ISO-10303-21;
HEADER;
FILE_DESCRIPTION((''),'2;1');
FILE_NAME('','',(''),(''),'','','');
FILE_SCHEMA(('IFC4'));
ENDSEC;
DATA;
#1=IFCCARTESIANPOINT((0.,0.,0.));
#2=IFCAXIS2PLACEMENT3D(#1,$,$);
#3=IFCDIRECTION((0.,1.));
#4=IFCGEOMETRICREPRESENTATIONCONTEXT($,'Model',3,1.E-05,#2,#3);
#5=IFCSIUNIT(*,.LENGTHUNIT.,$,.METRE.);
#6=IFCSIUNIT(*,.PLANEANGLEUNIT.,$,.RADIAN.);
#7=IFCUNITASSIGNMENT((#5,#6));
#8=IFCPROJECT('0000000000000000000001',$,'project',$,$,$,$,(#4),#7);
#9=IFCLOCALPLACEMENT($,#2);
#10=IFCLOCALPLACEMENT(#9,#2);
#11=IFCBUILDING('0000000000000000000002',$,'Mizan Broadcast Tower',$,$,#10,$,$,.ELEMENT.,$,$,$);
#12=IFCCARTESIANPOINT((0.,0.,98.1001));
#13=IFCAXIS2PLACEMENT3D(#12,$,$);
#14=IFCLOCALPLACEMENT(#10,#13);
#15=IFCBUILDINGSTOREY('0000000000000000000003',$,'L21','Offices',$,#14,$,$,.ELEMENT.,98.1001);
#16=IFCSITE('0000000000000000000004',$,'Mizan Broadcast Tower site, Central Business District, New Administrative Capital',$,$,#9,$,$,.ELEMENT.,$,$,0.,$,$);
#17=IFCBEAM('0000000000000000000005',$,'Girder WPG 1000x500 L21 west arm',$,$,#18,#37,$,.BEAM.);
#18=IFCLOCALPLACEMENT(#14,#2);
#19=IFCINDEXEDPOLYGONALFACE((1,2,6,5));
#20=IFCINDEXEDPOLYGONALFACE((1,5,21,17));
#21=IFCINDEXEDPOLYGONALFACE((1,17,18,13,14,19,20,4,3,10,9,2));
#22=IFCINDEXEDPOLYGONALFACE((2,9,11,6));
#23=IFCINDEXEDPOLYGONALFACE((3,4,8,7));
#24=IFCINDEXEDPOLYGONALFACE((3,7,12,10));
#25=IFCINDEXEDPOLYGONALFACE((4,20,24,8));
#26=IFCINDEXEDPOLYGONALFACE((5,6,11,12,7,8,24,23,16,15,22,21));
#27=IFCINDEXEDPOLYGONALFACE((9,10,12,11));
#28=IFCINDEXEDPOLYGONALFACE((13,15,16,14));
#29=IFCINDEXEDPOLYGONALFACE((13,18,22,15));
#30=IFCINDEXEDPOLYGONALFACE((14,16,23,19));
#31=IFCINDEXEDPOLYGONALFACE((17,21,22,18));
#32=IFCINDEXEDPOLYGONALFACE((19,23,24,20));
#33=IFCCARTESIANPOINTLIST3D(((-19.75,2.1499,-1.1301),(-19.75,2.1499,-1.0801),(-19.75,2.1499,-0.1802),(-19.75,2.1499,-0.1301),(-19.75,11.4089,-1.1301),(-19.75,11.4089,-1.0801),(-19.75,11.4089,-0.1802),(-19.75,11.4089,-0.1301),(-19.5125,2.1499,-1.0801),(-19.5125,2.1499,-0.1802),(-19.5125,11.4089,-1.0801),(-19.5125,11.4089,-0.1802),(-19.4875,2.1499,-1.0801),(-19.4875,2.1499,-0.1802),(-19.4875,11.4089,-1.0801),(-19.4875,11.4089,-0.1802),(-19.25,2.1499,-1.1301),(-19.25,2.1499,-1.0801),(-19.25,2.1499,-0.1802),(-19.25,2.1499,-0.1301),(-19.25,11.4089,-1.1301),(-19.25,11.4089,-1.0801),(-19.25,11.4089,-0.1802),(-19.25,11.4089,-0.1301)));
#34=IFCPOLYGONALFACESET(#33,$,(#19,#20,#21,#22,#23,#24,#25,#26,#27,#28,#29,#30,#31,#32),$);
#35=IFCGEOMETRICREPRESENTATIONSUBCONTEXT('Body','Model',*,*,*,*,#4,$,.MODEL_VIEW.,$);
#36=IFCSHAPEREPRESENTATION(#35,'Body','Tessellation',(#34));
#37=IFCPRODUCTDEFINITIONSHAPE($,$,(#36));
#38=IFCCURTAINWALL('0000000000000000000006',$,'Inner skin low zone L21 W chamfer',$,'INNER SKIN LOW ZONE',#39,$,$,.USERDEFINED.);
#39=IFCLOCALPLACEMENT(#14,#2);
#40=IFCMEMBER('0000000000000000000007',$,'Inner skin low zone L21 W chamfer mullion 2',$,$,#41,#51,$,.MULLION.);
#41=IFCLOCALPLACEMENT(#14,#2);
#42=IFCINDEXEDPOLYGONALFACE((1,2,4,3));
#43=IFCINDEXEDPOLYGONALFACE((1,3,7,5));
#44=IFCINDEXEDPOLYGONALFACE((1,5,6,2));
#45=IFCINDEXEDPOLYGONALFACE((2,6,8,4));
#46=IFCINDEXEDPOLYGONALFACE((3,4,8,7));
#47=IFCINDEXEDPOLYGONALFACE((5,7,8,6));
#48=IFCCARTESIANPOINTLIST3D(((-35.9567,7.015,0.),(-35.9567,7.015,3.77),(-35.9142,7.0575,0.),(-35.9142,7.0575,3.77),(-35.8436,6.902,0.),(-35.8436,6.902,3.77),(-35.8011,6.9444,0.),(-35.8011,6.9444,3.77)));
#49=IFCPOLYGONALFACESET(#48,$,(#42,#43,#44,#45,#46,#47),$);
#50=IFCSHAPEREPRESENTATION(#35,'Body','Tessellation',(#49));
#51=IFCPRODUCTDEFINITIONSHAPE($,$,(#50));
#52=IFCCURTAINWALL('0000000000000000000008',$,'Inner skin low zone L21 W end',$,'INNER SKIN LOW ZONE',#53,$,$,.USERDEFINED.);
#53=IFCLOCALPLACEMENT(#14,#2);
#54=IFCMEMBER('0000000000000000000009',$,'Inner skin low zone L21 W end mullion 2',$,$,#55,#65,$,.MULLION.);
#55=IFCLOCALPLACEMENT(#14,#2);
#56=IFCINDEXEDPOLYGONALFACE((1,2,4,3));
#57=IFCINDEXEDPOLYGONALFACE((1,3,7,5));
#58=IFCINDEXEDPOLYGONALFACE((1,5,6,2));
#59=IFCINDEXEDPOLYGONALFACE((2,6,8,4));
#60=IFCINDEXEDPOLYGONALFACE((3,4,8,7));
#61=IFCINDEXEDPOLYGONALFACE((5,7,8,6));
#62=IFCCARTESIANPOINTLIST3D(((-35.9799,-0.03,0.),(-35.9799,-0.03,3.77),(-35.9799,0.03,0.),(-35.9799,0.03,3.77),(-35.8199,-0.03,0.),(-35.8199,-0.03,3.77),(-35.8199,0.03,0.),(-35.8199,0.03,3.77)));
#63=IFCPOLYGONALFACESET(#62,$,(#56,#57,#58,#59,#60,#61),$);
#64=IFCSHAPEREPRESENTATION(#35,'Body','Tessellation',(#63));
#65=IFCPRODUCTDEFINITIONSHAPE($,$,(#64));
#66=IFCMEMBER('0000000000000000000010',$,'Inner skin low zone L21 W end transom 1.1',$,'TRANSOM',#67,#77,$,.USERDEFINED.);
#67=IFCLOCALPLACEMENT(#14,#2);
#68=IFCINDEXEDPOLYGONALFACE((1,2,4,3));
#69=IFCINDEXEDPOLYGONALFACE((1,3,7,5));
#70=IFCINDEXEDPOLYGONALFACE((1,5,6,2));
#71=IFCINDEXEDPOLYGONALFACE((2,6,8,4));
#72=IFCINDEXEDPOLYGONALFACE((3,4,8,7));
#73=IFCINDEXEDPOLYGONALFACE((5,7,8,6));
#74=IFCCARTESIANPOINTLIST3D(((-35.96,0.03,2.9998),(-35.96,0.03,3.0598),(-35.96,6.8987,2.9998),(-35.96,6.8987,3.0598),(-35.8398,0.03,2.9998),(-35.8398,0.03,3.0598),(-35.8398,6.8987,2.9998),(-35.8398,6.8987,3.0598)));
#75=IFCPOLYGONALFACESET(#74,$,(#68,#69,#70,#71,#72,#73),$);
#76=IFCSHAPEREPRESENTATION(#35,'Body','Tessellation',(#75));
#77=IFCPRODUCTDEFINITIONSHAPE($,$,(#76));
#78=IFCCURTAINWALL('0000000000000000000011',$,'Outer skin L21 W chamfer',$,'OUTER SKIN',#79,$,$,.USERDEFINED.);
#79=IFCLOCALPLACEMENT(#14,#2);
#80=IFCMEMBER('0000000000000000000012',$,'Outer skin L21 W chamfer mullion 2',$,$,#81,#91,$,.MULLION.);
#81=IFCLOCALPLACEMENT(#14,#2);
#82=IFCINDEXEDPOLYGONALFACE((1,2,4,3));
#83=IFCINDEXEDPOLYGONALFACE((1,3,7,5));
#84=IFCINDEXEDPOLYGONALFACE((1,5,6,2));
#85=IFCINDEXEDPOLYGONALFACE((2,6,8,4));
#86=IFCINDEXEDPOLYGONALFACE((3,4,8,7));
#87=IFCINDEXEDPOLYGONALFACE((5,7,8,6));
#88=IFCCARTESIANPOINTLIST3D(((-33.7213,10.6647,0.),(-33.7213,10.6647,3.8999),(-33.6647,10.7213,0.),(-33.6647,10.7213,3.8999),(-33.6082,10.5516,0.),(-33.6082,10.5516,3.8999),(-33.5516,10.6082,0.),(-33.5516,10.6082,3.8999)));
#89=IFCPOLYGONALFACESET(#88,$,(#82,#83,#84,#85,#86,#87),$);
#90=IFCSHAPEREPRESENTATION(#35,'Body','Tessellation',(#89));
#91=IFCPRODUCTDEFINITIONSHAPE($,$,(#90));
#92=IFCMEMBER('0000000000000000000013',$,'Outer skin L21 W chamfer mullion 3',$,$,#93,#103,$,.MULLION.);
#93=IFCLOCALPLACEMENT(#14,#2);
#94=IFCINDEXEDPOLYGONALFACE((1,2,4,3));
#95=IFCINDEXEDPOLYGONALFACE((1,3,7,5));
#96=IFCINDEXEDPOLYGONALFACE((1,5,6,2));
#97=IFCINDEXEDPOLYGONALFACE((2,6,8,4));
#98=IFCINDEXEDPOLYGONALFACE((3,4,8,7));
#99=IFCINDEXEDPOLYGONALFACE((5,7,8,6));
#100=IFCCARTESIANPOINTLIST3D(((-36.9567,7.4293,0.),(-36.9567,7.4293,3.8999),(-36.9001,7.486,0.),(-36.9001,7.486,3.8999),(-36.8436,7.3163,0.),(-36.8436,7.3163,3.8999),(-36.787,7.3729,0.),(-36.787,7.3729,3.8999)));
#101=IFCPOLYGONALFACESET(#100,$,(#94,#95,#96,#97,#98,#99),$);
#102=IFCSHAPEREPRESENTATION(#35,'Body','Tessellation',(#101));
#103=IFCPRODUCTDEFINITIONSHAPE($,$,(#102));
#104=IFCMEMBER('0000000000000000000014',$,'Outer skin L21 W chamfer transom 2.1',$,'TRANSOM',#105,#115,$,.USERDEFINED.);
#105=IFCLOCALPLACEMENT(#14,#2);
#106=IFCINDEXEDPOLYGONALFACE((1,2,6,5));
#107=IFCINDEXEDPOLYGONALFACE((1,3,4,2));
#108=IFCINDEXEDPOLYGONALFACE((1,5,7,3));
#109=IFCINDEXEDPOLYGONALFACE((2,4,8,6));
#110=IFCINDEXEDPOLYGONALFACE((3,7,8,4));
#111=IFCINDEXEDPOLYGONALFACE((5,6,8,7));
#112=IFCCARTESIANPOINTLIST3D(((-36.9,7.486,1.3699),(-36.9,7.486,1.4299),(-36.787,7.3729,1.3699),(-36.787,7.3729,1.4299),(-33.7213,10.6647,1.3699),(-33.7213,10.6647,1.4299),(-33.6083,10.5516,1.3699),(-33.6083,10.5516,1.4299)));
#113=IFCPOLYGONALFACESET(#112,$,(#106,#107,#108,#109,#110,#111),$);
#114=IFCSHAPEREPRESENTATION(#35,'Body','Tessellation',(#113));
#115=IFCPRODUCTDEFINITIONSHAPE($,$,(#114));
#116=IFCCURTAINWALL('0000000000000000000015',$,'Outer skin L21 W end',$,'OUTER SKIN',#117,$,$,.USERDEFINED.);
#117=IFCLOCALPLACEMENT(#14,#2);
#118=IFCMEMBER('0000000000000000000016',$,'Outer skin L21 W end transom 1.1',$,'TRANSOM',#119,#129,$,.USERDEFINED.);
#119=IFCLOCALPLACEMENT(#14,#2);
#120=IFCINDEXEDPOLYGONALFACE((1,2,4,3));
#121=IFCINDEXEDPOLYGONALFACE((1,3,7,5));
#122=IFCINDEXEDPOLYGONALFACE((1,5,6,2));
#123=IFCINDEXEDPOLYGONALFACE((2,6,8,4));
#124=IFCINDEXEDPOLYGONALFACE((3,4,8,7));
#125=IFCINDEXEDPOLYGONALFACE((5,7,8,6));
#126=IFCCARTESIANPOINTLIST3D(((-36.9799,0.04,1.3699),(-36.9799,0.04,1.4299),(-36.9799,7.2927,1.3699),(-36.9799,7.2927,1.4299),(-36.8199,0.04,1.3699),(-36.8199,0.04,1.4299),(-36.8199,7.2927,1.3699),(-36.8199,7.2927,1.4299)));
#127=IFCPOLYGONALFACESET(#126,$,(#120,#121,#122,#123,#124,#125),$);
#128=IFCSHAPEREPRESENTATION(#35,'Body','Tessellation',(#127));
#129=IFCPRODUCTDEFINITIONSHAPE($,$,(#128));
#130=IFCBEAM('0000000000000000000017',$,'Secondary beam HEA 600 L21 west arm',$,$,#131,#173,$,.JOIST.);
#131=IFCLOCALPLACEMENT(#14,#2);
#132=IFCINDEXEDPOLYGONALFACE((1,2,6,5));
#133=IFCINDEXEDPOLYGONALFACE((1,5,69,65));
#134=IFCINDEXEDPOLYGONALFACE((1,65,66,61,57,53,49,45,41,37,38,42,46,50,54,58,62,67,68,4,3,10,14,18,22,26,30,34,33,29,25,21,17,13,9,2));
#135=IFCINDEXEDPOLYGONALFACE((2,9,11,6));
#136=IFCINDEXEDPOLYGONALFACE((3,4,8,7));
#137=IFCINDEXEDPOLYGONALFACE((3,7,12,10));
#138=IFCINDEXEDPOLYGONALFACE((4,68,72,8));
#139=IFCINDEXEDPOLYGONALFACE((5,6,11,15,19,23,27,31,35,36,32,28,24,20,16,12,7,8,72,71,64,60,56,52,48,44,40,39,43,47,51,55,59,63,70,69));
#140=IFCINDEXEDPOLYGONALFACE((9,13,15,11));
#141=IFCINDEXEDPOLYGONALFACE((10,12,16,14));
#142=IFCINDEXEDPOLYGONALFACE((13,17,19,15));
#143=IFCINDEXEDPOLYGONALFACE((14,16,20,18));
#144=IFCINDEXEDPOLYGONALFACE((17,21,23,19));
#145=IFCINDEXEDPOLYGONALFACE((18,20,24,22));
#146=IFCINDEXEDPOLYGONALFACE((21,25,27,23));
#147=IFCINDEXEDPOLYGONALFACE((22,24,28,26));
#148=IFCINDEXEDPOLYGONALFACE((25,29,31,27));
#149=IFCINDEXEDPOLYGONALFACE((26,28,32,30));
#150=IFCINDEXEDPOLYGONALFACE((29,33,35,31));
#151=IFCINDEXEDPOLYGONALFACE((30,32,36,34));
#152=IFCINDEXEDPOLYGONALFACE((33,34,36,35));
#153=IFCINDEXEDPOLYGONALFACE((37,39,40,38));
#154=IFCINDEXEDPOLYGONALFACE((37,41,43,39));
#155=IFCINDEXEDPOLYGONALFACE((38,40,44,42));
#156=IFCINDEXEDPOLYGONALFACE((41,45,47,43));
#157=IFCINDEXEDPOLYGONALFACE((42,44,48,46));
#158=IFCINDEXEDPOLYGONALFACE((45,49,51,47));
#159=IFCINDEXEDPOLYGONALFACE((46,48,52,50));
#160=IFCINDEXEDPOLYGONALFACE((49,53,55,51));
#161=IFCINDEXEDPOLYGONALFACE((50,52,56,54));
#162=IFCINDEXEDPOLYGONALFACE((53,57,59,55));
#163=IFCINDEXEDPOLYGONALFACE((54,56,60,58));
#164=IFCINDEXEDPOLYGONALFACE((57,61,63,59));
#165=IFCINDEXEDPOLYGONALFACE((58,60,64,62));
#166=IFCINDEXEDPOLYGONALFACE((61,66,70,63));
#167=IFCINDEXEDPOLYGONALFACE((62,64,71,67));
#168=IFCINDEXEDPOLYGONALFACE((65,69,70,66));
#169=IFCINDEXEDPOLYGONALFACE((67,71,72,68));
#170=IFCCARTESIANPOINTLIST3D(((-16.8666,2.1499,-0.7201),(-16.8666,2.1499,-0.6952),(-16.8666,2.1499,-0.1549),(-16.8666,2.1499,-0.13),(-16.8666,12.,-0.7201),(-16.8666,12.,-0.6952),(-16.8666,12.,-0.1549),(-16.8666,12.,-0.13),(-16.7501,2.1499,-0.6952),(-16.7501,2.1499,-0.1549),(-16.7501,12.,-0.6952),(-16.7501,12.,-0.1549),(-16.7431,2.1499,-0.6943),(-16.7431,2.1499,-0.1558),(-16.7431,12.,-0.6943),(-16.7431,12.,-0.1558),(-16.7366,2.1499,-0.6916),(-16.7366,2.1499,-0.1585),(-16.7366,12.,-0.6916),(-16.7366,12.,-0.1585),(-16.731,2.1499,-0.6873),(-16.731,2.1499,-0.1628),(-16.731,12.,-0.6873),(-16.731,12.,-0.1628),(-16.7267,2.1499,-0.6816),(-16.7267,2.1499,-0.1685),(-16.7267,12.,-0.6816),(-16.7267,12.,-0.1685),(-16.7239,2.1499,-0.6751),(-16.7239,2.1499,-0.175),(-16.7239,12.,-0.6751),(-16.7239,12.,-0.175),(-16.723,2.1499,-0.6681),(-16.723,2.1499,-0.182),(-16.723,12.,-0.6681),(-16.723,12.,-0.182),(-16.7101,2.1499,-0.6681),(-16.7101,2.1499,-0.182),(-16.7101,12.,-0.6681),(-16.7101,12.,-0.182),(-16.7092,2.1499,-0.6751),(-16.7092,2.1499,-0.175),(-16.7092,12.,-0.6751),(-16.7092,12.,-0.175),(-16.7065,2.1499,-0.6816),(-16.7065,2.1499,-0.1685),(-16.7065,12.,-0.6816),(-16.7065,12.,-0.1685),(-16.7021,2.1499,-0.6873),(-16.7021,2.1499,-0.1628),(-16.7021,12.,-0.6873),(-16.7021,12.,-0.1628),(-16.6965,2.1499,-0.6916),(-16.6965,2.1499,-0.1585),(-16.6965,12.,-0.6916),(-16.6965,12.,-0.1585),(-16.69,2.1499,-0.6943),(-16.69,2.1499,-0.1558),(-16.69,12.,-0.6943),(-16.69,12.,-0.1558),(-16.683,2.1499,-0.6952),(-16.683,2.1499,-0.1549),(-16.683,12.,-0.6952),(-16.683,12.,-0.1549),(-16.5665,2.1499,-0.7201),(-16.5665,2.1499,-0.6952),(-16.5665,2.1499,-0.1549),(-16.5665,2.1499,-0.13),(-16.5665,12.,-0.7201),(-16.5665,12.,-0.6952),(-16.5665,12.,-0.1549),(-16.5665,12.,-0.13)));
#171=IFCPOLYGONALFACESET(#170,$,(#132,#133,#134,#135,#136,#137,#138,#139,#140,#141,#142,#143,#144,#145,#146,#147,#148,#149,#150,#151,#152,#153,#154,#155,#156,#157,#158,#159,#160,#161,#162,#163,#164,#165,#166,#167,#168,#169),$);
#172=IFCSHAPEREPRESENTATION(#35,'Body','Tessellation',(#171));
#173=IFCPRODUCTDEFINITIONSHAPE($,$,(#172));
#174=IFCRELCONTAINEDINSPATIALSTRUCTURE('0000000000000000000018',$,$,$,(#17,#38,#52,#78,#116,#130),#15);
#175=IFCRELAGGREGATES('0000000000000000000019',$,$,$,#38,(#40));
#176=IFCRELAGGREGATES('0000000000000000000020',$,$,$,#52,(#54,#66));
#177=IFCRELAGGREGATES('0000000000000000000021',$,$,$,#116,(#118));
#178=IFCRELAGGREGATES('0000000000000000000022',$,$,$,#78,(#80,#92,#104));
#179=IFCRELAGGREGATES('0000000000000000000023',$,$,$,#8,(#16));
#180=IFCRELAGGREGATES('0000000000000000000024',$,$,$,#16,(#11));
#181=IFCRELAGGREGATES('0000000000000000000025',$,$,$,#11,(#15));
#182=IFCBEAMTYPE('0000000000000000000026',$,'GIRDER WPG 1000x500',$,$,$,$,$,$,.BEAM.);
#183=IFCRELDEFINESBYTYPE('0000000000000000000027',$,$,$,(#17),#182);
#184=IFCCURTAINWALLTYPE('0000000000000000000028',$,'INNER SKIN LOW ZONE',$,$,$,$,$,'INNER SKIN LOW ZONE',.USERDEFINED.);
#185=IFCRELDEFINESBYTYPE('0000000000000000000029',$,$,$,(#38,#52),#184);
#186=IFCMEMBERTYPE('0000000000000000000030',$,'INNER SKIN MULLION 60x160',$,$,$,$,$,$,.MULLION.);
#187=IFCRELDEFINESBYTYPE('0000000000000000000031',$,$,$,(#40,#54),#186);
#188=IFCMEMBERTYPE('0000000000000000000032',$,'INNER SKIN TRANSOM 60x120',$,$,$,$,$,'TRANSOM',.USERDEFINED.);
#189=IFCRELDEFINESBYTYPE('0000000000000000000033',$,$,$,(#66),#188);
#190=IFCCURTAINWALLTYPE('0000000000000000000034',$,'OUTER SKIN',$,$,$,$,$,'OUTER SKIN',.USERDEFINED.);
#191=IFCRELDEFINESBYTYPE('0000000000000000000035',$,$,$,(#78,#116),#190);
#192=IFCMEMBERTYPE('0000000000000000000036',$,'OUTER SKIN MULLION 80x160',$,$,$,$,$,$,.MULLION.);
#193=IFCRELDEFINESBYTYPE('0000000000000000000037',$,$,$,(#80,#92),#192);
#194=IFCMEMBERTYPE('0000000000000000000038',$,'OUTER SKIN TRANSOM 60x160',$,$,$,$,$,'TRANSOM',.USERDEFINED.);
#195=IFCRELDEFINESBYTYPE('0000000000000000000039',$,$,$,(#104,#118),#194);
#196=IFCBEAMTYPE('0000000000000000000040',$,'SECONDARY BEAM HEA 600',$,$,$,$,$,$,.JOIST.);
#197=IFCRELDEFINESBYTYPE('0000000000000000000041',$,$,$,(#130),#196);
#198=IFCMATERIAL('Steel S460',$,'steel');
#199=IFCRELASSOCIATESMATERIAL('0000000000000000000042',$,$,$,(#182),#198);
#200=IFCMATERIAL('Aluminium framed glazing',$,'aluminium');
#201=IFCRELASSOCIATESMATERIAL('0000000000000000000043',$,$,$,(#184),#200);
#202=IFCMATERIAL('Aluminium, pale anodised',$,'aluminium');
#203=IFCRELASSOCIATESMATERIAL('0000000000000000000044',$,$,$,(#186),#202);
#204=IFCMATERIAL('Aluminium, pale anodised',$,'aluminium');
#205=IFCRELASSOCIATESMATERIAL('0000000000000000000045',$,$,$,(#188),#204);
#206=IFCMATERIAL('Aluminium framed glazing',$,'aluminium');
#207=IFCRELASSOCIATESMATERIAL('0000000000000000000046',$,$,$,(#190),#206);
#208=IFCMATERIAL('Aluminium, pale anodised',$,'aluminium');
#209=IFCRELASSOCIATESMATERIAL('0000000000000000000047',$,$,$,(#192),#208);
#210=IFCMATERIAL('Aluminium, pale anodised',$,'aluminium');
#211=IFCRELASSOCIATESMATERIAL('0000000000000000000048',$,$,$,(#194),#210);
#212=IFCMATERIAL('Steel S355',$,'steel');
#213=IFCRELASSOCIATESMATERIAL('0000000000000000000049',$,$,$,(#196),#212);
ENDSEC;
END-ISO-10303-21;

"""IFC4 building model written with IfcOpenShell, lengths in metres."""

from ifc_helpers import new_model, si_unit, direction, frame, origin, origin_2d, place, context, subcontext, project, spatial, rectangle, i_section, extrude, material, material_profile, profile_set, type_object, element, aggregate, save


model = new_model("IFC4")

# Units and contexts
model_context = context("Model", 3, precision=1e-05, world=origin(), true_north=direction((0.0, 1.0)))
body_context = subcontext(model_context, "Body", "Model", "MODEL_VIEW")
ifc_project = project(units=[si_unit("LENGTHUNIT", "METRE"), si_unit("PLANEANGLEUNIT", "RADIAN")], contexts=[model_context])

# Site, building, storey
site_placement = place(None, origin())
site = spatial("IfcSite", under=ifc_project, at=site_placement, Name="Mizan Broadcast Tower site, Central Business District, New Administrative Capital", CompositionType="ELEMENT", RefElevation=0.0)
building_placement = place(site_placement, origin())
building = spatial("IfcBuilding", under=site, at=building_placement, Name="Mizan Broadcast Tower", CompositionType="ELEMENT")
storey_placement = place(building_placement, frame((0.0, 0.0, 98.1001)))
storey = spatial("IfcBuildingStorey", under=building, at=storey_placement, Name="L21", Description="Offices", CompositionType="ELEMENT", Elevation=98.1001)

# Beam
ifc_material_1 = material(Name="Steel S460", Category="steel")
ifc_material_profile_1 = material_profile(ifc_material_1, i_section(OverallWidth=0.5, OverallDepth=1.0, WebThickness=0.0249, FlangeThickness=0.05, at=origin_2d()), Name="WPG 1000x500")
ifc_profile_set_1 = profile_set([ifc_material_profile_1], Name="Steel S460")
beam_type_1 = type_object("IfcBeamType", Name="GIRDER WPG 1000x500", PredefinedType="BEAM", material=ifc_profile_set_1)
beam_1_placement = place(storey_placement, frame((-19.5, 11.4089, -0.6301), z_axis=(0.0, -1.0, 0.0), x_axis=(1.0, 0.0, 0.0)))
element("IfcBeam", 1, at=beam_1_placement, inside=storey, type_object=beam_type_1, Name="Girder WPG 1000x500 L21 west arm", PredefinedType="BEAM", context=body_context, shape_type="SweptSolid", body=[
    extrude(i_section(OverallWidth=0.5, OverallDepth=1.0, WebThickness=0.0249, FlangeThickness=0.05, at=origin_2d()), origin(), (0.0, 0.0, 1.0), 9.259),
])

# Curtain wall, member
ifc_material_2 = material(Name="Aluminium framed glazing", Category="aluminium")
curtain_wall_type_1 = type_object("IfcCurtainWallType", Name="INNER SKIN LOW ZONE", ElementType="INNER SKIN LOW ZONE", PredefinedType="USERDEFINED", material=ifc_material_2)
curtain_wall_1_placement = place(storey_placement, origin())
curtain_wall_1 = element("IfcCurtainWall", 2, at=curtain_wall_1_placement, inside=storey, type_object=curtain_wall_type_1, Name="Inner skin low zone L21 W chamfer", ObjectType="INNER SKIN LOW ZONE", PredefinedType="USERDEFINED")
ifc_material_3 = material(Name="Aluminium, pale anodised", Category="aluminium")
ifc_material_profile_2 = material_profile(ifc_material_3, rectangle(XDim=0.1599, YDim=0.0601, at=origin_2d()), Name="MULLION 160x60")
ifc_profile_set_2 = profile_set([ifc_material_profile_2], Name="Aluminium, pale anodised")
member_type_1 = type_object("IfcMemberType", Name="INNER SKIN MULLION 60x160", PredefinedType="MULLION", material=ifc_profile_set_2)
member_1_placement = place(storey_placement, frame((-35.8789, 6.9797, 0.0), z_axis=(0.0, 0.0, 1.0), x_axis=(0.707107, -0.707107, 0.0)))
member_1 = element("IfcMember", 3, at=member_1_placement, type_object=member_type_1, Name="Inner skin low zone L21 W chamfer mullion 2", PredefinedType="MULLION", context=body_context, shape_type="SweptSolid", body=[
    extrude(rectangle(XDim=0.1599, YDim=0.0601, at=origin_2d()), origin(), (0.0, 0.0, 1.0), 3.77),
])

# Curtain walls, members
curtain_wall_2_placement = place(storey_placement, origin())
curtain_wall_2 = element("IfcCurtainWall", 4, at=curtain_wall_2_placement, inside=storey, type_object=curtain_wall_type_1, Name="Inner skin low zone L21 W end", ObjectType="INNER SKIN LOW ZONE", PredefinedType="USERDEFINED")
member_2_placement = place(storey_placement, frame((-35.8999, 0.0, 0.0), z_axis=(0.0, 0.0, 1.0), x_axis=(1.0, 0.0, 0.0)))
member_2 = element("IfcMember", 5, at=member_2_placement, type_object=member_type_1, Name="Inner skin low zone L21 W end mullion 2", PredefinedType="MULLION", context=body_context, shape_type="SweptSolid", body=[
    extrude(rectangle(XDim=0.1599, YDim=0.0601, at=origin_2d()), origin(), (0.0, 0.0, 1.0), 3.77),
])
ifc_material_4 = material(Name="Aluminium, pale anodised", Category="aluminium")
ifc_material_profile_3 = material_profile(ifc_material_4, rectangle(XDim=0.1201, YDim=0.0601, at=origin_2d()), Name="TRANSOM 120x60")
ifc_profile_set_3 = profile_set([ifc_material_profile_3], Name="Aluminium, pale anodised")
member_type_2 = type_object("IfcMemberType", Name="INNER SKIN TRANSOM 60x120", ElementType="TRANSOM", PredefinedType="USERDEFINED", material=ifc_profile_set_3)
member_3_placement = place(storey_placement, frame((-35.8999, 6.8987, 3.0298), z_axis=(0.0, -1.0, 0.0), x_axis=(1.0, 0.0, 0.0)))
member_3 = element("IfcMember", 6, at=member_3_placement, type_object=member_type_2, Name="Inner skin low zone L21 W end transom 1.1", ObjectType="TRANSOM", PredefinedType="USERDEFINED", context=body_context, shape_type="SweptSolid", body=[
    extrude(rectangle(XDim=0.1201, YDim=0.0601, at=origin_2d()), origin(), (0.0, 0.0, 1.0), 6.8687),
])
ifc_material_5 = material(Name="Aluminium framed glazing", Category="aluminium")
curtain_wall_type_2 = type_object("IfcCurtainWallType", Name="OUTER SKIN", ElementType="OUTER SKIN", PredefinedType="USERDEFINED", material=ifc_material_5)
curtain_wall_3_placement = place(storey_placement, origin())
curtain_wall_3 = element("IfcCurtainWall", 7, at=curtain_wall_3_placement, inside=storey, type_object=curtain_wall_type_2, Name="Outer skin L21 W chamfer", ObjectType="OUTER SKIN", PredefinedType="USERDEFINED")
ifc_material_6 = material(Name="Aluminium, pale anodised", Category="aluminium")
ifc_material_profile_4 = material_profile(ifc_material_6, rectangle(XDim=0.1599, YDim=0.0801, at=origin_2d()), Name="MULLION 160x80")
ifc_profile_set_4 = profile_set([ifc_material_profile_4], Name="Aluminium, pale anodised")
member_type_3 = type_object("IfcMemberType", Name="OUTER SKIN MULLION 80x160", PredefinedType="MULLION", material=ifc_profile_set_4)
member_4_placement = place(storey_placement, frame((-33.6365, 10.6365, 0.0), z_axis=(0.0, 0.0, 1.0), x_axis=(0.707107, -0.707107, 0.0)))
member_4 = element("IfcMember", 8, at=member_4_placement, type_object=member_type_3, Name="Outer skin L21 W chamfer mullion 2", PredefinedType="MULLION", context=body_context, shape_type="SweptSolid", body=[
    extrude(rectangle(XDim=0.1599, YDim=0.0801, at=origin_2d()), origin(), (0.0, 0.0, 1.0), 3.8999),
])
member_5_placement = place(storey_placement, frame((-36.8718, 7.4011, 0.0), z_axis=(0.0, 0.0, 1.0), x_axis=(0.707107, -0.707107, 0.0)))
member_5 = element("IfcMember", 9, at=member_5_placement, type_object=member_type_3, Name="Outer skin L21 W chamfer mullion 3", PredefinedType="MULLION", context=body_context, shape_type="SweptSolid", body=[
    extrude(rectangle(XDim=0.1599, YDim=0.0801, at=origin_2d()), origin(), (0.0, 0.0, 1.0), 3.8999),
])
ifc_material_7 = material(Name="Aluminium, pale anodised", Category="aluminium")
ifc_material_profile_5 = material_profile(ifc_material_7, rectangle(XDim=0.1599, YDim=0.0601, at=origin_2d()), Name="TRANSOM 160x60")
ifc_profile_set_5 = profile_set([ifc_material_profile_5], Name="Aluminium, pale anodised")
member_type_4 = type_object("IfcMemberType", Name="OUTER SKIN TRANSOM 60x160", ElementType="TRANSOM", PredefinedType="USERDEFINED", material=ifc_profile_set_5)
member_6_placement = place(storey_placement, frame((-33.6648, 10.6082, 1.3999), z_axis=(-0.707107, -0.707107, 0.0), x_axis=(0.707107, -0.707107, 0.0)))
member_6 = element("IfcMember", 10, at=member_6_placement, type_object=member_type_4, Name="Outer skin L21 W chamfer transom 2.1", ObjectType="TRANSOM", PredefinedType="USERDEFINED", context=body_context, shape_type="SweptSolid", body=[
    extrude(rectangle(XDim=0.1599, YDim=0.0601, at=origin_2d()), origin(), (0.0, 0.0, 1.0), 4.4954),
])

# Curtain wall, member
curtain_wall_4_placement = place(storey_placement, origin())
curtain_wall_4 = element("IfcCurtainWall", 11, at=curtain_wall_4_placement, inside=storey, type_object=curtain_wall_type_2, Name="Outer skin L21 W end", ObjectType="OUTER SKIN", PredefinedType="USERDEFINED")
member_7_placement = place(storey_placement, frame((-36.8999, 7.2927, 1.3999), z_axis=(0.0, -1.0, 0.0), x_axis=(1.0, 0.0, 0.0)))
member_7 = element("IfcMember", 12, at=member_7_placement, type_object=member_type_4, Name="Outer skin L21 W end transom 1.1", ObjectType="TRANSOM", PredefinedType="USERDEFINED", context=body_context, shape_type="SweptSolid", body=[
    extrude(rectangle(XDim=0.1599, YDim=0.0601, at=origin_2d()), origin(), (0.0, 0.0, 1.0), 7.2527),
])

# Beam
ifc_material_8 = material(Name="Steel S355", Category="steel")
ifc_material_profile_6 = material_profile(ifc_material_8, i_section(OverallWidth=0.3, OverallDepth=0.5901, WebThickness=0.0129, FlangeThickness=0.0249, FilletRadius=0.0271, at=origin_2d()), Name="HEA 600")
ifc_profile_set_6 = profile_set([ifc_material_profile_6], Name="Steel S355")
beam_type_2 = type_object("IfcBeamType", Name="SECONDARY BEAM HEA 600", PredefinedType="JOIST", material=ifc_profile_set_6)
for number, where, z_axis, x_axis, name in (
    (13, (-16.7166, 12.0, -0.425), (0.0, -1.0, 0.0), (1.0, 0.0, 0.0), "Secondary beam HEA 600 L21 west arm"),
):
    element("IfcBeam", number, at=place(storey_placement, frame(where, z_axis=z_axis, x_axis=x_axis)), inside=storey, type_object=beam_type_2, Name=name, PredefinedType="JOIST", context=body_context, shape_type="SweptSolid", body=[
        extrude(i_section(OverallWidth=0.3, OverallDepth=0.5901, WebThickness=0.0129, FlangeThickness=0.0249, FilletRadius=0.0271, at=origin_2d()), origin(), (0.0, 0.0, 1.0), 9.8501),
    ])

aggregate(curtain_wall_1, [member_1])
aggregate(curtain_wall_2, [member_2, member_3])
aggregate(curtain_wall_4, [member_7])
aggregate(curtain_wall_3, [member_4, member_5, member_6])

save(model, "model.ifc")
